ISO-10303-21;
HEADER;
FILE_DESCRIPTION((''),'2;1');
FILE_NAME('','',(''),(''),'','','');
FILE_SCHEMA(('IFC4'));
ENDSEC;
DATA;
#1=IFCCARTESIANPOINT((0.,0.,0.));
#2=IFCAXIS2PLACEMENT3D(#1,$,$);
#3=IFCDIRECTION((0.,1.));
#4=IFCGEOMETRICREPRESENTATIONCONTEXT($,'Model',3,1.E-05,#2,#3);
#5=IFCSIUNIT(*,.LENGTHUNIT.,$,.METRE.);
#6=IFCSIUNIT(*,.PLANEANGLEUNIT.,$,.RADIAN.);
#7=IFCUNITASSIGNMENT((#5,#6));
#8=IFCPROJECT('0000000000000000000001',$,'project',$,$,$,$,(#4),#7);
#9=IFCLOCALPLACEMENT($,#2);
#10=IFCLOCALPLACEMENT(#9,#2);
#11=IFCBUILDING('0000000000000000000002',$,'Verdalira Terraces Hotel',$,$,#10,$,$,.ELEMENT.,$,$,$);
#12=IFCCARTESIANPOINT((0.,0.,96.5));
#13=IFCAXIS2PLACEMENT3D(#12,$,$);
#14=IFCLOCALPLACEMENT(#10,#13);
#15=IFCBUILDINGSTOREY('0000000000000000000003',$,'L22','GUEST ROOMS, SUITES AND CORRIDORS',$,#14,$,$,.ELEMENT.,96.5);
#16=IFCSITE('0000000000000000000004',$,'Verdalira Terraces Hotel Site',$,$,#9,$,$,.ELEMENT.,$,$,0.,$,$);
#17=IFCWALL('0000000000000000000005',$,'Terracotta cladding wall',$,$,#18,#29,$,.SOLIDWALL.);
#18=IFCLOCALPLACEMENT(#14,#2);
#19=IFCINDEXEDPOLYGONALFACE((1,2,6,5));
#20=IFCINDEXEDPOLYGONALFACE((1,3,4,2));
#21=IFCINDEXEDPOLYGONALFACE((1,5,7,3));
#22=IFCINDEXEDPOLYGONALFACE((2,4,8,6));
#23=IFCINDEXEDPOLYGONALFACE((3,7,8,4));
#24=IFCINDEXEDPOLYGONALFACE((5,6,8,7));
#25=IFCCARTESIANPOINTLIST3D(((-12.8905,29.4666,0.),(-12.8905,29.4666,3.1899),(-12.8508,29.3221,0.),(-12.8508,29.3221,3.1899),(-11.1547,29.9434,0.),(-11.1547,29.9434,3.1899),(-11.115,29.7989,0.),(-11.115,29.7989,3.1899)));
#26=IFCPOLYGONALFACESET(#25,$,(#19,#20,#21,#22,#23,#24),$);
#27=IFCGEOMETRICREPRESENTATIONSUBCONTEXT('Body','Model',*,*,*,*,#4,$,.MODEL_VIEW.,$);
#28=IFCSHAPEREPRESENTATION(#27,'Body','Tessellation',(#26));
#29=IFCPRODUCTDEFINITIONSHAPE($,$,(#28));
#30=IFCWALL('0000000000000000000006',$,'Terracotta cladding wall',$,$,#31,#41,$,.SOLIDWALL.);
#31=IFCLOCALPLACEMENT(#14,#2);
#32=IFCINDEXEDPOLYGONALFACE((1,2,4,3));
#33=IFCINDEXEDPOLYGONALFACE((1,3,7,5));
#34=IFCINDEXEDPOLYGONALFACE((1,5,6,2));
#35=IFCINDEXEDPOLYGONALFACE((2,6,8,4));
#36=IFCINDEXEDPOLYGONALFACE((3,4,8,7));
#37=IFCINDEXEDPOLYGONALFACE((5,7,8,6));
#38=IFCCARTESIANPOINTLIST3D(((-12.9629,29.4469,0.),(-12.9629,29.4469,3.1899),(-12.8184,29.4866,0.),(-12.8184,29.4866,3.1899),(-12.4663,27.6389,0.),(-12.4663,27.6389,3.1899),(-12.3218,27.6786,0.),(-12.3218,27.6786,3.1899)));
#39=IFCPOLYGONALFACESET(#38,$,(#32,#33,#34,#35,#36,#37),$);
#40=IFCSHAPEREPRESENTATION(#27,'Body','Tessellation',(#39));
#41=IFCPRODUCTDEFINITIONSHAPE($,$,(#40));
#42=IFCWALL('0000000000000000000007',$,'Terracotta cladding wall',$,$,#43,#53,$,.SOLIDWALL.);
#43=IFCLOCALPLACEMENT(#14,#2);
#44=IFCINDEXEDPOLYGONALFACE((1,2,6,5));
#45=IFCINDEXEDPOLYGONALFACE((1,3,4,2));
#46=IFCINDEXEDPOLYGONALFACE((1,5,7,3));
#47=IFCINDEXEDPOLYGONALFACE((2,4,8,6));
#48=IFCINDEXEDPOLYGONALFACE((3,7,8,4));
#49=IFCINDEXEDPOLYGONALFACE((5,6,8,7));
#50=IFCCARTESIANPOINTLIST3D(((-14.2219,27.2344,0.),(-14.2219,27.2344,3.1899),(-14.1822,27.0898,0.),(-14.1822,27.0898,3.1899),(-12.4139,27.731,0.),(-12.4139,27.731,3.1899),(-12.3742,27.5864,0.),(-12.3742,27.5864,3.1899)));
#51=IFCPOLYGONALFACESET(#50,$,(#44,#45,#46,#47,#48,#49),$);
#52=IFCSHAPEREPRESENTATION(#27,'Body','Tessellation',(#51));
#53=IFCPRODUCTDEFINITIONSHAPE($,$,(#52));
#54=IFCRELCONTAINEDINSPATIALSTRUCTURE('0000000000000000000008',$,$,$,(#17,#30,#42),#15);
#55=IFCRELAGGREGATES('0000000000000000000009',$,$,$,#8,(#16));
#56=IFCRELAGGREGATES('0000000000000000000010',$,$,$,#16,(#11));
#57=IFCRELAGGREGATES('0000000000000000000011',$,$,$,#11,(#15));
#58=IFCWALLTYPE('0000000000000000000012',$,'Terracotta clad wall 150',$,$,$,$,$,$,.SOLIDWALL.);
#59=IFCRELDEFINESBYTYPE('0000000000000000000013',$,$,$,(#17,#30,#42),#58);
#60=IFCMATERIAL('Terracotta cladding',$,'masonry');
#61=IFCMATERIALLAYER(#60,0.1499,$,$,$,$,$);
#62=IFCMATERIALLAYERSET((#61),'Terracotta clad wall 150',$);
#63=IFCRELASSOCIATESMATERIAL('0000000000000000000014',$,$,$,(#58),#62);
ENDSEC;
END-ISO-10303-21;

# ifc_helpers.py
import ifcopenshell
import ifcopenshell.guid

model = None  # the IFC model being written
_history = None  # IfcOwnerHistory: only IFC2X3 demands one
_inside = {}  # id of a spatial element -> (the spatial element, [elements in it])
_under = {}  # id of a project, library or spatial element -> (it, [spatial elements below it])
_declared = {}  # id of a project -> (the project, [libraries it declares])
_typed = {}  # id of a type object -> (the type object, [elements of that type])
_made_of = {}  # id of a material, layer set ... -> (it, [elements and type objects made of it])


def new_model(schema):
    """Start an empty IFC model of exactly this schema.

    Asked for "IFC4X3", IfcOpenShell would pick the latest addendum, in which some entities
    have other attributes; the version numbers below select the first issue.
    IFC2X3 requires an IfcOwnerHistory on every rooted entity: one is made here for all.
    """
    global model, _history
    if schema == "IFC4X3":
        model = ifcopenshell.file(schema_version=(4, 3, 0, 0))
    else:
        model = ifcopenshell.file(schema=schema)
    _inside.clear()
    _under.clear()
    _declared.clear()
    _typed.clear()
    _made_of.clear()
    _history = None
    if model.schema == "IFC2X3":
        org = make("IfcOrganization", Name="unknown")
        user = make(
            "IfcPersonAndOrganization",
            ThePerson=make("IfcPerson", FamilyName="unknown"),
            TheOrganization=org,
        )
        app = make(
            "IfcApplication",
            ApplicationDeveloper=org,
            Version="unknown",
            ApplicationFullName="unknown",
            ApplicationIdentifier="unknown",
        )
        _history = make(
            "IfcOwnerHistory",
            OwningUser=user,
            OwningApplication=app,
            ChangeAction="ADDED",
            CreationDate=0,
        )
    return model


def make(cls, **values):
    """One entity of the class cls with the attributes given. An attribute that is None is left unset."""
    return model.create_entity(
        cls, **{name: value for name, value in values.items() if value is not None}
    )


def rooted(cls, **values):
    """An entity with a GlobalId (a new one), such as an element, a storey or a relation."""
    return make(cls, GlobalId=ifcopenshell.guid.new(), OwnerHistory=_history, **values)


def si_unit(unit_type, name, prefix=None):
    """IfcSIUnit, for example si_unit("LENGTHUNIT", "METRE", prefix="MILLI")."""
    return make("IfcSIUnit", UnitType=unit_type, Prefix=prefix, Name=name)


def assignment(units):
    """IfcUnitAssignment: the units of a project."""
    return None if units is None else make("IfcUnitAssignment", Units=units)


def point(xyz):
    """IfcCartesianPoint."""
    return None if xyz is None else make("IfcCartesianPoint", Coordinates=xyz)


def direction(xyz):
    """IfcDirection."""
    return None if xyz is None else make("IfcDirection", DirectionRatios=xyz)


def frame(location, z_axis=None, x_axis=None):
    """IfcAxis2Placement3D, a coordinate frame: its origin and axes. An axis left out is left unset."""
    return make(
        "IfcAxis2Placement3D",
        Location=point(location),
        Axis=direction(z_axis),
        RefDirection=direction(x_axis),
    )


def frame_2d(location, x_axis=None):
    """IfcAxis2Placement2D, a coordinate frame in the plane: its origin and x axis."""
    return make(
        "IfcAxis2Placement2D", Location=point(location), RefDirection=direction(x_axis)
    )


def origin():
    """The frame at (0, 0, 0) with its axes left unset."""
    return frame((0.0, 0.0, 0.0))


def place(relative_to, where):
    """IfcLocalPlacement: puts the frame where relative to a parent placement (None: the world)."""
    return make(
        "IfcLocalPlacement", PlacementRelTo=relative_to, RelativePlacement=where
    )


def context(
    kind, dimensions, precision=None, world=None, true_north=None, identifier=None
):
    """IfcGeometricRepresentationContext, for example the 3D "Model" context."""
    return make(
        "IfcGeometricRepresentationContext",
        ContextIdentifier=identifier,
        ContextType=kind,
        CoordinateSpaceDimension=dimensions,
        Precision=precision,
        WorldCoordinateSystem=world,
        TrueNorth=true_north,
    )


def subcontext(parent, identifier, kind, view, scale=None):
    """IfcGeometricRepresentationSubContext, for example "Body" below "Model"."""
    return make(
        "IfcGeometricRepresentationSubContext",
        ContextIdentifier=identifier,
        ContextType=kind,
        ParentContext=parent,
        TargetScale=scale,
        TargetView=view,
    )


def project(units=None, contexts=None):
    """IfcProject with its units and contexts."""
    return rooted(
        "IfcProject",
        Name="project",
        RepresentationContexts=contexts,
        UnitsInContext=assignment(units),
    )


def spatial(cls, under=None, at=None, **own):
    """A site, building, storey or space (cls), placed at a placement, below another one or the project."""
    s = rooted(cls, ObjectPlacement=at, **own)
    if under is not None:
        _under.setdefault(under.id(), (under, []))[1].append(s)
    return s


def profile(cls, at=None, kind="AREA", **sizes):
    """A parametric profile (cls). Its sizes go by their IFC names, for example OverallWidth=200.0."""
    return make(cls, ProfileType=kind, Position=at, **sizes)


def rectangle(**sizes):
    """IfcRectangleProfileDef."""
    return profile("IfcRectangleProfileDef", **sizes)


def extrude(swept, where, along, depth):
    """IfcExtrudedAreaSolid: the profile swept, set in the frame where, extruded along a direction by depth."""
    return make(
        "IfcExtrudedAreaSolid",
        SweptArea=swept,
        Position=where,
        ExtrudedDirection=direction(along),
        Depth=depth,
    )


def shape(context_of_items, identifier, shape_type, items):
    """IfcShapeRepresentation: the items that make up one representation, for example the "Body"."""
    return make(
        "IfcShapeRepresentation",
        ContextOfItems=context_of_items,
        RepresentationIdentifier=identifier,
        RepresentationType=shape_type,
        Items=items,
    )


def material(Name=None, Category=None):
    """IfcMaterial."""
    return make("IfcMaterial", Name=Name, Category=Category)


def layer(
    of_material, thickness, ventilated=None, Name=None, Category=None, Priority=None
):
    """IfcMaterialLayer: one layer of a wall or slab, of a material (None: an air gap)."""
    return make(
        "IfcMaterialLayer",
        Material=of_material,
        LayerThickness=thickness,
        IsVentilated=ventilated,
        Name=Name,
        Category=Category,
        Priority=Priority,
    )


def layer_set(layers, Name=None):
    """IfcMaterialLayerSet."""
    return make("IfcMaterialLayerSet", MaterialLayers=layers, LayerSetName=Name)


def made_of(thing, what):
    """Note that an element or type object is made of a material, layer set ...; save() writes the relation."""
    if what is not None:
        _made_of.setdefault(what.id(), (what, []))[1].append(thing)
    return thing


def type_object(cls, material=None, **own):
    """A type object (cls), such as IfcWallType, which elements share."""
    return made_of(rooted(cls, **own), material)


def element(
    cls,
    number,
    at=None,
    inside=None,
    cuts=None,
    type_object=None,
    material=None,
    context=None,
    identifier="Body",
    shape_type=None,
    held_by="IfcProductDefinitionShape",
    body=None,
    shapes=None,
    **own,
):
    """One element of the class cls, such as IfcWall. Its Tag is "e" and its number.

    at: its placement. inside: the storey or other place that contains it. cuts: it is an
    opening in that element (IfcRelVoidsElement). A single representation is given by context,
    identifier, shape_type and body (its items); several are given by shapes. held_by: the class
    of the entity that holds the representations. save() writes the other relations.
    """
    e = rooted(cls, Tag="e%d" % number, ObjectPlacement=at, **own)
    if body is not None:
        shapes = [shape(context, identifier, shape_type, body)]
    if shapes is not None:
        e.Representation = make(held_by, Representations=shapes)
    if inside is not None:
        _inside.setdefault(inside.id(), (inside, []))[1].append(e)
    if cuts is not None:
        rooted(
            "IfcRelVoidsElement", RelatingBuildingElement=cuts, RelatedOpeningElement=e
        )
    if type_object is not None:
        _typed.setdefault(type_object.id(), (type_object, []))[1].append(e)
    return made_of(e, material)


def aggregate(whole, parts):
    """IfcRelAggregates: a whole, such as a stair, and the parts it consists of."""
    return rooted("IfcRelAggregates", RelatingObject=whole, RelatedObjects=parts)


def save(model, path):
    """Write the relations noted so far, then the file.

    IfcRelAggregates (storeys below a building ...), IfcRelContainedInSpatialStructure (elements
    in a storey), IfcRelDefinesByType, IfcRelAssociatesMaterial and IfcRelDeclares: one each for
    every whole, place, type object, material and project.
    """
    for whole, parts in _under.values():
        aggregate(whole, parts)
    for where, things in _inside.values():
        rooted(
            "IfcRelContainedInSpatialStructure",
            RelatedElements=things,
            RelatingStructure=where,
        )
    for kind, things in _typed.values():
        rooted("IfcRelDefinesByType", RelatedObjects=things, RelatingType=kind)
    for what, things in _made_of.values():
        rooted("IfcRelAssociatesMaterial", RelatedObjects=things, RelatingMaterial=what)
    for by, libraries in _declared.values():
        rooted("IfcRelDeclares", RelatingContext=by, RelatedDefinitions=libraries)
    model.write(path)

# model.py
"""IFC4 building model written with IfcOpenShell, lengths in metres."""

from ifc_helpers import new_model, si_unit, direction, frame, frame_2d, origin, place, context, subcontext, project, spatial, rectangle, extrude, material, layer, layer_set, type_object, element, save


model = new_model("IFC4")

# Units and contexts
model_context = context("Model", 3, precision=1e-05, world=origin(), true_north=direction((0.0, 1.0)))
body_context = subcontext(model_context, "Body", "Model", "MODEL_VIEW")
ifc_project = project(units=[si_unit("LENGTHUNIT", "METRE"), si_unit("PLANEANGLEUNIT", "RADIAN")], contexts=[model_context])

# Site, building, storey
site_placement = place(None, origin())
site = spatial("IfcSite", under=ifc_project, at=site_placement, Name="Verdalira Terraces Hotel Site", CompositionType="ELEMENT", RefElevation=0.0)
building_placement = place(site_placement, origin())
building = spatial("IfcBuilding", under=site, at=building_placement, Name="Verdalira Terraces Hotel", CompositionType="ELEMENT")
storey_placement = place(building_placement, frame((0.0, 0.0, 96.5)))
storey = spatial("IfcBuildingStorey", under=building, at=storey_placement, Name="L22", Description="GUEST ROOMS, SUITES AND CORRIDORS", CompositionType="ELEMENT", Elevation=96.5)

# Walls
ifc_material_1 = material(Name="Terracotta cladding", Category="masonry")
ifc_layer_1 = layer(ifc_material_1, 0.1499)
ifc_layer_set_1 = layer_set([ifc_layer_1], Name="Terracotta clad wall 150")
wall_type_1 = type_object("IfcWallType", Name="Terracotta clad wall 150", PredefinedType="SOLIDWALL", material=ifc_layer_set_1)
wall_1_placement = place(storey_placement, frame((-11.135, 29.8711, 0.0), z_axis=(0.0, 0.0, 1.0), x_axis=(-0.964283, -0.264873, 0.0)))
element("IfcWall", 1, at=wall_1_placement, inside=storey, type_object=wall_type_1, Name="Terracotta cladding wall", PredefinedType="SOLIDWALL", context=body_context, shape_type="SweptSolid", body=[
    extrude(rectangle(XDim=1.8, YDim=0.1499, at=frame_2d((0.8999, 0.0))), origin(), (0.0, 0.0, 1.0), 3.1899),
])
for number, where, z_axis, x_axis, name in (
    (2, (-12.8906, 29.4668, 0.0), (0.0, 0.0, 1.0), (0.264836, -0.964294, 0.0), "Terracotta cladding wall"),
    (3, (-12.394, 27.6587, 0.0), (0.0, 0.0, 1.0), (-0.964294, -0.264836, 0.0), "Terracotta cladding wall"),
):
    element("IfcWall", number, at=place(storey_placement, frame(where, z_axis=z_axis, x_axis=x_axis)), inside=storey, type_object=wall_type_1, Name=name, PredefinedType="SOLIDWALL", context=body_context, shape_type="SweptSolid", body=[
        extrude(rectangle(XDim=1.875, YDim=0.1499, at=frame_2d((0.9375, 0.0))), origin(), (0.0, 0.0, 1.0), 3.1899),
    ])

save(model, "model.ifc")
